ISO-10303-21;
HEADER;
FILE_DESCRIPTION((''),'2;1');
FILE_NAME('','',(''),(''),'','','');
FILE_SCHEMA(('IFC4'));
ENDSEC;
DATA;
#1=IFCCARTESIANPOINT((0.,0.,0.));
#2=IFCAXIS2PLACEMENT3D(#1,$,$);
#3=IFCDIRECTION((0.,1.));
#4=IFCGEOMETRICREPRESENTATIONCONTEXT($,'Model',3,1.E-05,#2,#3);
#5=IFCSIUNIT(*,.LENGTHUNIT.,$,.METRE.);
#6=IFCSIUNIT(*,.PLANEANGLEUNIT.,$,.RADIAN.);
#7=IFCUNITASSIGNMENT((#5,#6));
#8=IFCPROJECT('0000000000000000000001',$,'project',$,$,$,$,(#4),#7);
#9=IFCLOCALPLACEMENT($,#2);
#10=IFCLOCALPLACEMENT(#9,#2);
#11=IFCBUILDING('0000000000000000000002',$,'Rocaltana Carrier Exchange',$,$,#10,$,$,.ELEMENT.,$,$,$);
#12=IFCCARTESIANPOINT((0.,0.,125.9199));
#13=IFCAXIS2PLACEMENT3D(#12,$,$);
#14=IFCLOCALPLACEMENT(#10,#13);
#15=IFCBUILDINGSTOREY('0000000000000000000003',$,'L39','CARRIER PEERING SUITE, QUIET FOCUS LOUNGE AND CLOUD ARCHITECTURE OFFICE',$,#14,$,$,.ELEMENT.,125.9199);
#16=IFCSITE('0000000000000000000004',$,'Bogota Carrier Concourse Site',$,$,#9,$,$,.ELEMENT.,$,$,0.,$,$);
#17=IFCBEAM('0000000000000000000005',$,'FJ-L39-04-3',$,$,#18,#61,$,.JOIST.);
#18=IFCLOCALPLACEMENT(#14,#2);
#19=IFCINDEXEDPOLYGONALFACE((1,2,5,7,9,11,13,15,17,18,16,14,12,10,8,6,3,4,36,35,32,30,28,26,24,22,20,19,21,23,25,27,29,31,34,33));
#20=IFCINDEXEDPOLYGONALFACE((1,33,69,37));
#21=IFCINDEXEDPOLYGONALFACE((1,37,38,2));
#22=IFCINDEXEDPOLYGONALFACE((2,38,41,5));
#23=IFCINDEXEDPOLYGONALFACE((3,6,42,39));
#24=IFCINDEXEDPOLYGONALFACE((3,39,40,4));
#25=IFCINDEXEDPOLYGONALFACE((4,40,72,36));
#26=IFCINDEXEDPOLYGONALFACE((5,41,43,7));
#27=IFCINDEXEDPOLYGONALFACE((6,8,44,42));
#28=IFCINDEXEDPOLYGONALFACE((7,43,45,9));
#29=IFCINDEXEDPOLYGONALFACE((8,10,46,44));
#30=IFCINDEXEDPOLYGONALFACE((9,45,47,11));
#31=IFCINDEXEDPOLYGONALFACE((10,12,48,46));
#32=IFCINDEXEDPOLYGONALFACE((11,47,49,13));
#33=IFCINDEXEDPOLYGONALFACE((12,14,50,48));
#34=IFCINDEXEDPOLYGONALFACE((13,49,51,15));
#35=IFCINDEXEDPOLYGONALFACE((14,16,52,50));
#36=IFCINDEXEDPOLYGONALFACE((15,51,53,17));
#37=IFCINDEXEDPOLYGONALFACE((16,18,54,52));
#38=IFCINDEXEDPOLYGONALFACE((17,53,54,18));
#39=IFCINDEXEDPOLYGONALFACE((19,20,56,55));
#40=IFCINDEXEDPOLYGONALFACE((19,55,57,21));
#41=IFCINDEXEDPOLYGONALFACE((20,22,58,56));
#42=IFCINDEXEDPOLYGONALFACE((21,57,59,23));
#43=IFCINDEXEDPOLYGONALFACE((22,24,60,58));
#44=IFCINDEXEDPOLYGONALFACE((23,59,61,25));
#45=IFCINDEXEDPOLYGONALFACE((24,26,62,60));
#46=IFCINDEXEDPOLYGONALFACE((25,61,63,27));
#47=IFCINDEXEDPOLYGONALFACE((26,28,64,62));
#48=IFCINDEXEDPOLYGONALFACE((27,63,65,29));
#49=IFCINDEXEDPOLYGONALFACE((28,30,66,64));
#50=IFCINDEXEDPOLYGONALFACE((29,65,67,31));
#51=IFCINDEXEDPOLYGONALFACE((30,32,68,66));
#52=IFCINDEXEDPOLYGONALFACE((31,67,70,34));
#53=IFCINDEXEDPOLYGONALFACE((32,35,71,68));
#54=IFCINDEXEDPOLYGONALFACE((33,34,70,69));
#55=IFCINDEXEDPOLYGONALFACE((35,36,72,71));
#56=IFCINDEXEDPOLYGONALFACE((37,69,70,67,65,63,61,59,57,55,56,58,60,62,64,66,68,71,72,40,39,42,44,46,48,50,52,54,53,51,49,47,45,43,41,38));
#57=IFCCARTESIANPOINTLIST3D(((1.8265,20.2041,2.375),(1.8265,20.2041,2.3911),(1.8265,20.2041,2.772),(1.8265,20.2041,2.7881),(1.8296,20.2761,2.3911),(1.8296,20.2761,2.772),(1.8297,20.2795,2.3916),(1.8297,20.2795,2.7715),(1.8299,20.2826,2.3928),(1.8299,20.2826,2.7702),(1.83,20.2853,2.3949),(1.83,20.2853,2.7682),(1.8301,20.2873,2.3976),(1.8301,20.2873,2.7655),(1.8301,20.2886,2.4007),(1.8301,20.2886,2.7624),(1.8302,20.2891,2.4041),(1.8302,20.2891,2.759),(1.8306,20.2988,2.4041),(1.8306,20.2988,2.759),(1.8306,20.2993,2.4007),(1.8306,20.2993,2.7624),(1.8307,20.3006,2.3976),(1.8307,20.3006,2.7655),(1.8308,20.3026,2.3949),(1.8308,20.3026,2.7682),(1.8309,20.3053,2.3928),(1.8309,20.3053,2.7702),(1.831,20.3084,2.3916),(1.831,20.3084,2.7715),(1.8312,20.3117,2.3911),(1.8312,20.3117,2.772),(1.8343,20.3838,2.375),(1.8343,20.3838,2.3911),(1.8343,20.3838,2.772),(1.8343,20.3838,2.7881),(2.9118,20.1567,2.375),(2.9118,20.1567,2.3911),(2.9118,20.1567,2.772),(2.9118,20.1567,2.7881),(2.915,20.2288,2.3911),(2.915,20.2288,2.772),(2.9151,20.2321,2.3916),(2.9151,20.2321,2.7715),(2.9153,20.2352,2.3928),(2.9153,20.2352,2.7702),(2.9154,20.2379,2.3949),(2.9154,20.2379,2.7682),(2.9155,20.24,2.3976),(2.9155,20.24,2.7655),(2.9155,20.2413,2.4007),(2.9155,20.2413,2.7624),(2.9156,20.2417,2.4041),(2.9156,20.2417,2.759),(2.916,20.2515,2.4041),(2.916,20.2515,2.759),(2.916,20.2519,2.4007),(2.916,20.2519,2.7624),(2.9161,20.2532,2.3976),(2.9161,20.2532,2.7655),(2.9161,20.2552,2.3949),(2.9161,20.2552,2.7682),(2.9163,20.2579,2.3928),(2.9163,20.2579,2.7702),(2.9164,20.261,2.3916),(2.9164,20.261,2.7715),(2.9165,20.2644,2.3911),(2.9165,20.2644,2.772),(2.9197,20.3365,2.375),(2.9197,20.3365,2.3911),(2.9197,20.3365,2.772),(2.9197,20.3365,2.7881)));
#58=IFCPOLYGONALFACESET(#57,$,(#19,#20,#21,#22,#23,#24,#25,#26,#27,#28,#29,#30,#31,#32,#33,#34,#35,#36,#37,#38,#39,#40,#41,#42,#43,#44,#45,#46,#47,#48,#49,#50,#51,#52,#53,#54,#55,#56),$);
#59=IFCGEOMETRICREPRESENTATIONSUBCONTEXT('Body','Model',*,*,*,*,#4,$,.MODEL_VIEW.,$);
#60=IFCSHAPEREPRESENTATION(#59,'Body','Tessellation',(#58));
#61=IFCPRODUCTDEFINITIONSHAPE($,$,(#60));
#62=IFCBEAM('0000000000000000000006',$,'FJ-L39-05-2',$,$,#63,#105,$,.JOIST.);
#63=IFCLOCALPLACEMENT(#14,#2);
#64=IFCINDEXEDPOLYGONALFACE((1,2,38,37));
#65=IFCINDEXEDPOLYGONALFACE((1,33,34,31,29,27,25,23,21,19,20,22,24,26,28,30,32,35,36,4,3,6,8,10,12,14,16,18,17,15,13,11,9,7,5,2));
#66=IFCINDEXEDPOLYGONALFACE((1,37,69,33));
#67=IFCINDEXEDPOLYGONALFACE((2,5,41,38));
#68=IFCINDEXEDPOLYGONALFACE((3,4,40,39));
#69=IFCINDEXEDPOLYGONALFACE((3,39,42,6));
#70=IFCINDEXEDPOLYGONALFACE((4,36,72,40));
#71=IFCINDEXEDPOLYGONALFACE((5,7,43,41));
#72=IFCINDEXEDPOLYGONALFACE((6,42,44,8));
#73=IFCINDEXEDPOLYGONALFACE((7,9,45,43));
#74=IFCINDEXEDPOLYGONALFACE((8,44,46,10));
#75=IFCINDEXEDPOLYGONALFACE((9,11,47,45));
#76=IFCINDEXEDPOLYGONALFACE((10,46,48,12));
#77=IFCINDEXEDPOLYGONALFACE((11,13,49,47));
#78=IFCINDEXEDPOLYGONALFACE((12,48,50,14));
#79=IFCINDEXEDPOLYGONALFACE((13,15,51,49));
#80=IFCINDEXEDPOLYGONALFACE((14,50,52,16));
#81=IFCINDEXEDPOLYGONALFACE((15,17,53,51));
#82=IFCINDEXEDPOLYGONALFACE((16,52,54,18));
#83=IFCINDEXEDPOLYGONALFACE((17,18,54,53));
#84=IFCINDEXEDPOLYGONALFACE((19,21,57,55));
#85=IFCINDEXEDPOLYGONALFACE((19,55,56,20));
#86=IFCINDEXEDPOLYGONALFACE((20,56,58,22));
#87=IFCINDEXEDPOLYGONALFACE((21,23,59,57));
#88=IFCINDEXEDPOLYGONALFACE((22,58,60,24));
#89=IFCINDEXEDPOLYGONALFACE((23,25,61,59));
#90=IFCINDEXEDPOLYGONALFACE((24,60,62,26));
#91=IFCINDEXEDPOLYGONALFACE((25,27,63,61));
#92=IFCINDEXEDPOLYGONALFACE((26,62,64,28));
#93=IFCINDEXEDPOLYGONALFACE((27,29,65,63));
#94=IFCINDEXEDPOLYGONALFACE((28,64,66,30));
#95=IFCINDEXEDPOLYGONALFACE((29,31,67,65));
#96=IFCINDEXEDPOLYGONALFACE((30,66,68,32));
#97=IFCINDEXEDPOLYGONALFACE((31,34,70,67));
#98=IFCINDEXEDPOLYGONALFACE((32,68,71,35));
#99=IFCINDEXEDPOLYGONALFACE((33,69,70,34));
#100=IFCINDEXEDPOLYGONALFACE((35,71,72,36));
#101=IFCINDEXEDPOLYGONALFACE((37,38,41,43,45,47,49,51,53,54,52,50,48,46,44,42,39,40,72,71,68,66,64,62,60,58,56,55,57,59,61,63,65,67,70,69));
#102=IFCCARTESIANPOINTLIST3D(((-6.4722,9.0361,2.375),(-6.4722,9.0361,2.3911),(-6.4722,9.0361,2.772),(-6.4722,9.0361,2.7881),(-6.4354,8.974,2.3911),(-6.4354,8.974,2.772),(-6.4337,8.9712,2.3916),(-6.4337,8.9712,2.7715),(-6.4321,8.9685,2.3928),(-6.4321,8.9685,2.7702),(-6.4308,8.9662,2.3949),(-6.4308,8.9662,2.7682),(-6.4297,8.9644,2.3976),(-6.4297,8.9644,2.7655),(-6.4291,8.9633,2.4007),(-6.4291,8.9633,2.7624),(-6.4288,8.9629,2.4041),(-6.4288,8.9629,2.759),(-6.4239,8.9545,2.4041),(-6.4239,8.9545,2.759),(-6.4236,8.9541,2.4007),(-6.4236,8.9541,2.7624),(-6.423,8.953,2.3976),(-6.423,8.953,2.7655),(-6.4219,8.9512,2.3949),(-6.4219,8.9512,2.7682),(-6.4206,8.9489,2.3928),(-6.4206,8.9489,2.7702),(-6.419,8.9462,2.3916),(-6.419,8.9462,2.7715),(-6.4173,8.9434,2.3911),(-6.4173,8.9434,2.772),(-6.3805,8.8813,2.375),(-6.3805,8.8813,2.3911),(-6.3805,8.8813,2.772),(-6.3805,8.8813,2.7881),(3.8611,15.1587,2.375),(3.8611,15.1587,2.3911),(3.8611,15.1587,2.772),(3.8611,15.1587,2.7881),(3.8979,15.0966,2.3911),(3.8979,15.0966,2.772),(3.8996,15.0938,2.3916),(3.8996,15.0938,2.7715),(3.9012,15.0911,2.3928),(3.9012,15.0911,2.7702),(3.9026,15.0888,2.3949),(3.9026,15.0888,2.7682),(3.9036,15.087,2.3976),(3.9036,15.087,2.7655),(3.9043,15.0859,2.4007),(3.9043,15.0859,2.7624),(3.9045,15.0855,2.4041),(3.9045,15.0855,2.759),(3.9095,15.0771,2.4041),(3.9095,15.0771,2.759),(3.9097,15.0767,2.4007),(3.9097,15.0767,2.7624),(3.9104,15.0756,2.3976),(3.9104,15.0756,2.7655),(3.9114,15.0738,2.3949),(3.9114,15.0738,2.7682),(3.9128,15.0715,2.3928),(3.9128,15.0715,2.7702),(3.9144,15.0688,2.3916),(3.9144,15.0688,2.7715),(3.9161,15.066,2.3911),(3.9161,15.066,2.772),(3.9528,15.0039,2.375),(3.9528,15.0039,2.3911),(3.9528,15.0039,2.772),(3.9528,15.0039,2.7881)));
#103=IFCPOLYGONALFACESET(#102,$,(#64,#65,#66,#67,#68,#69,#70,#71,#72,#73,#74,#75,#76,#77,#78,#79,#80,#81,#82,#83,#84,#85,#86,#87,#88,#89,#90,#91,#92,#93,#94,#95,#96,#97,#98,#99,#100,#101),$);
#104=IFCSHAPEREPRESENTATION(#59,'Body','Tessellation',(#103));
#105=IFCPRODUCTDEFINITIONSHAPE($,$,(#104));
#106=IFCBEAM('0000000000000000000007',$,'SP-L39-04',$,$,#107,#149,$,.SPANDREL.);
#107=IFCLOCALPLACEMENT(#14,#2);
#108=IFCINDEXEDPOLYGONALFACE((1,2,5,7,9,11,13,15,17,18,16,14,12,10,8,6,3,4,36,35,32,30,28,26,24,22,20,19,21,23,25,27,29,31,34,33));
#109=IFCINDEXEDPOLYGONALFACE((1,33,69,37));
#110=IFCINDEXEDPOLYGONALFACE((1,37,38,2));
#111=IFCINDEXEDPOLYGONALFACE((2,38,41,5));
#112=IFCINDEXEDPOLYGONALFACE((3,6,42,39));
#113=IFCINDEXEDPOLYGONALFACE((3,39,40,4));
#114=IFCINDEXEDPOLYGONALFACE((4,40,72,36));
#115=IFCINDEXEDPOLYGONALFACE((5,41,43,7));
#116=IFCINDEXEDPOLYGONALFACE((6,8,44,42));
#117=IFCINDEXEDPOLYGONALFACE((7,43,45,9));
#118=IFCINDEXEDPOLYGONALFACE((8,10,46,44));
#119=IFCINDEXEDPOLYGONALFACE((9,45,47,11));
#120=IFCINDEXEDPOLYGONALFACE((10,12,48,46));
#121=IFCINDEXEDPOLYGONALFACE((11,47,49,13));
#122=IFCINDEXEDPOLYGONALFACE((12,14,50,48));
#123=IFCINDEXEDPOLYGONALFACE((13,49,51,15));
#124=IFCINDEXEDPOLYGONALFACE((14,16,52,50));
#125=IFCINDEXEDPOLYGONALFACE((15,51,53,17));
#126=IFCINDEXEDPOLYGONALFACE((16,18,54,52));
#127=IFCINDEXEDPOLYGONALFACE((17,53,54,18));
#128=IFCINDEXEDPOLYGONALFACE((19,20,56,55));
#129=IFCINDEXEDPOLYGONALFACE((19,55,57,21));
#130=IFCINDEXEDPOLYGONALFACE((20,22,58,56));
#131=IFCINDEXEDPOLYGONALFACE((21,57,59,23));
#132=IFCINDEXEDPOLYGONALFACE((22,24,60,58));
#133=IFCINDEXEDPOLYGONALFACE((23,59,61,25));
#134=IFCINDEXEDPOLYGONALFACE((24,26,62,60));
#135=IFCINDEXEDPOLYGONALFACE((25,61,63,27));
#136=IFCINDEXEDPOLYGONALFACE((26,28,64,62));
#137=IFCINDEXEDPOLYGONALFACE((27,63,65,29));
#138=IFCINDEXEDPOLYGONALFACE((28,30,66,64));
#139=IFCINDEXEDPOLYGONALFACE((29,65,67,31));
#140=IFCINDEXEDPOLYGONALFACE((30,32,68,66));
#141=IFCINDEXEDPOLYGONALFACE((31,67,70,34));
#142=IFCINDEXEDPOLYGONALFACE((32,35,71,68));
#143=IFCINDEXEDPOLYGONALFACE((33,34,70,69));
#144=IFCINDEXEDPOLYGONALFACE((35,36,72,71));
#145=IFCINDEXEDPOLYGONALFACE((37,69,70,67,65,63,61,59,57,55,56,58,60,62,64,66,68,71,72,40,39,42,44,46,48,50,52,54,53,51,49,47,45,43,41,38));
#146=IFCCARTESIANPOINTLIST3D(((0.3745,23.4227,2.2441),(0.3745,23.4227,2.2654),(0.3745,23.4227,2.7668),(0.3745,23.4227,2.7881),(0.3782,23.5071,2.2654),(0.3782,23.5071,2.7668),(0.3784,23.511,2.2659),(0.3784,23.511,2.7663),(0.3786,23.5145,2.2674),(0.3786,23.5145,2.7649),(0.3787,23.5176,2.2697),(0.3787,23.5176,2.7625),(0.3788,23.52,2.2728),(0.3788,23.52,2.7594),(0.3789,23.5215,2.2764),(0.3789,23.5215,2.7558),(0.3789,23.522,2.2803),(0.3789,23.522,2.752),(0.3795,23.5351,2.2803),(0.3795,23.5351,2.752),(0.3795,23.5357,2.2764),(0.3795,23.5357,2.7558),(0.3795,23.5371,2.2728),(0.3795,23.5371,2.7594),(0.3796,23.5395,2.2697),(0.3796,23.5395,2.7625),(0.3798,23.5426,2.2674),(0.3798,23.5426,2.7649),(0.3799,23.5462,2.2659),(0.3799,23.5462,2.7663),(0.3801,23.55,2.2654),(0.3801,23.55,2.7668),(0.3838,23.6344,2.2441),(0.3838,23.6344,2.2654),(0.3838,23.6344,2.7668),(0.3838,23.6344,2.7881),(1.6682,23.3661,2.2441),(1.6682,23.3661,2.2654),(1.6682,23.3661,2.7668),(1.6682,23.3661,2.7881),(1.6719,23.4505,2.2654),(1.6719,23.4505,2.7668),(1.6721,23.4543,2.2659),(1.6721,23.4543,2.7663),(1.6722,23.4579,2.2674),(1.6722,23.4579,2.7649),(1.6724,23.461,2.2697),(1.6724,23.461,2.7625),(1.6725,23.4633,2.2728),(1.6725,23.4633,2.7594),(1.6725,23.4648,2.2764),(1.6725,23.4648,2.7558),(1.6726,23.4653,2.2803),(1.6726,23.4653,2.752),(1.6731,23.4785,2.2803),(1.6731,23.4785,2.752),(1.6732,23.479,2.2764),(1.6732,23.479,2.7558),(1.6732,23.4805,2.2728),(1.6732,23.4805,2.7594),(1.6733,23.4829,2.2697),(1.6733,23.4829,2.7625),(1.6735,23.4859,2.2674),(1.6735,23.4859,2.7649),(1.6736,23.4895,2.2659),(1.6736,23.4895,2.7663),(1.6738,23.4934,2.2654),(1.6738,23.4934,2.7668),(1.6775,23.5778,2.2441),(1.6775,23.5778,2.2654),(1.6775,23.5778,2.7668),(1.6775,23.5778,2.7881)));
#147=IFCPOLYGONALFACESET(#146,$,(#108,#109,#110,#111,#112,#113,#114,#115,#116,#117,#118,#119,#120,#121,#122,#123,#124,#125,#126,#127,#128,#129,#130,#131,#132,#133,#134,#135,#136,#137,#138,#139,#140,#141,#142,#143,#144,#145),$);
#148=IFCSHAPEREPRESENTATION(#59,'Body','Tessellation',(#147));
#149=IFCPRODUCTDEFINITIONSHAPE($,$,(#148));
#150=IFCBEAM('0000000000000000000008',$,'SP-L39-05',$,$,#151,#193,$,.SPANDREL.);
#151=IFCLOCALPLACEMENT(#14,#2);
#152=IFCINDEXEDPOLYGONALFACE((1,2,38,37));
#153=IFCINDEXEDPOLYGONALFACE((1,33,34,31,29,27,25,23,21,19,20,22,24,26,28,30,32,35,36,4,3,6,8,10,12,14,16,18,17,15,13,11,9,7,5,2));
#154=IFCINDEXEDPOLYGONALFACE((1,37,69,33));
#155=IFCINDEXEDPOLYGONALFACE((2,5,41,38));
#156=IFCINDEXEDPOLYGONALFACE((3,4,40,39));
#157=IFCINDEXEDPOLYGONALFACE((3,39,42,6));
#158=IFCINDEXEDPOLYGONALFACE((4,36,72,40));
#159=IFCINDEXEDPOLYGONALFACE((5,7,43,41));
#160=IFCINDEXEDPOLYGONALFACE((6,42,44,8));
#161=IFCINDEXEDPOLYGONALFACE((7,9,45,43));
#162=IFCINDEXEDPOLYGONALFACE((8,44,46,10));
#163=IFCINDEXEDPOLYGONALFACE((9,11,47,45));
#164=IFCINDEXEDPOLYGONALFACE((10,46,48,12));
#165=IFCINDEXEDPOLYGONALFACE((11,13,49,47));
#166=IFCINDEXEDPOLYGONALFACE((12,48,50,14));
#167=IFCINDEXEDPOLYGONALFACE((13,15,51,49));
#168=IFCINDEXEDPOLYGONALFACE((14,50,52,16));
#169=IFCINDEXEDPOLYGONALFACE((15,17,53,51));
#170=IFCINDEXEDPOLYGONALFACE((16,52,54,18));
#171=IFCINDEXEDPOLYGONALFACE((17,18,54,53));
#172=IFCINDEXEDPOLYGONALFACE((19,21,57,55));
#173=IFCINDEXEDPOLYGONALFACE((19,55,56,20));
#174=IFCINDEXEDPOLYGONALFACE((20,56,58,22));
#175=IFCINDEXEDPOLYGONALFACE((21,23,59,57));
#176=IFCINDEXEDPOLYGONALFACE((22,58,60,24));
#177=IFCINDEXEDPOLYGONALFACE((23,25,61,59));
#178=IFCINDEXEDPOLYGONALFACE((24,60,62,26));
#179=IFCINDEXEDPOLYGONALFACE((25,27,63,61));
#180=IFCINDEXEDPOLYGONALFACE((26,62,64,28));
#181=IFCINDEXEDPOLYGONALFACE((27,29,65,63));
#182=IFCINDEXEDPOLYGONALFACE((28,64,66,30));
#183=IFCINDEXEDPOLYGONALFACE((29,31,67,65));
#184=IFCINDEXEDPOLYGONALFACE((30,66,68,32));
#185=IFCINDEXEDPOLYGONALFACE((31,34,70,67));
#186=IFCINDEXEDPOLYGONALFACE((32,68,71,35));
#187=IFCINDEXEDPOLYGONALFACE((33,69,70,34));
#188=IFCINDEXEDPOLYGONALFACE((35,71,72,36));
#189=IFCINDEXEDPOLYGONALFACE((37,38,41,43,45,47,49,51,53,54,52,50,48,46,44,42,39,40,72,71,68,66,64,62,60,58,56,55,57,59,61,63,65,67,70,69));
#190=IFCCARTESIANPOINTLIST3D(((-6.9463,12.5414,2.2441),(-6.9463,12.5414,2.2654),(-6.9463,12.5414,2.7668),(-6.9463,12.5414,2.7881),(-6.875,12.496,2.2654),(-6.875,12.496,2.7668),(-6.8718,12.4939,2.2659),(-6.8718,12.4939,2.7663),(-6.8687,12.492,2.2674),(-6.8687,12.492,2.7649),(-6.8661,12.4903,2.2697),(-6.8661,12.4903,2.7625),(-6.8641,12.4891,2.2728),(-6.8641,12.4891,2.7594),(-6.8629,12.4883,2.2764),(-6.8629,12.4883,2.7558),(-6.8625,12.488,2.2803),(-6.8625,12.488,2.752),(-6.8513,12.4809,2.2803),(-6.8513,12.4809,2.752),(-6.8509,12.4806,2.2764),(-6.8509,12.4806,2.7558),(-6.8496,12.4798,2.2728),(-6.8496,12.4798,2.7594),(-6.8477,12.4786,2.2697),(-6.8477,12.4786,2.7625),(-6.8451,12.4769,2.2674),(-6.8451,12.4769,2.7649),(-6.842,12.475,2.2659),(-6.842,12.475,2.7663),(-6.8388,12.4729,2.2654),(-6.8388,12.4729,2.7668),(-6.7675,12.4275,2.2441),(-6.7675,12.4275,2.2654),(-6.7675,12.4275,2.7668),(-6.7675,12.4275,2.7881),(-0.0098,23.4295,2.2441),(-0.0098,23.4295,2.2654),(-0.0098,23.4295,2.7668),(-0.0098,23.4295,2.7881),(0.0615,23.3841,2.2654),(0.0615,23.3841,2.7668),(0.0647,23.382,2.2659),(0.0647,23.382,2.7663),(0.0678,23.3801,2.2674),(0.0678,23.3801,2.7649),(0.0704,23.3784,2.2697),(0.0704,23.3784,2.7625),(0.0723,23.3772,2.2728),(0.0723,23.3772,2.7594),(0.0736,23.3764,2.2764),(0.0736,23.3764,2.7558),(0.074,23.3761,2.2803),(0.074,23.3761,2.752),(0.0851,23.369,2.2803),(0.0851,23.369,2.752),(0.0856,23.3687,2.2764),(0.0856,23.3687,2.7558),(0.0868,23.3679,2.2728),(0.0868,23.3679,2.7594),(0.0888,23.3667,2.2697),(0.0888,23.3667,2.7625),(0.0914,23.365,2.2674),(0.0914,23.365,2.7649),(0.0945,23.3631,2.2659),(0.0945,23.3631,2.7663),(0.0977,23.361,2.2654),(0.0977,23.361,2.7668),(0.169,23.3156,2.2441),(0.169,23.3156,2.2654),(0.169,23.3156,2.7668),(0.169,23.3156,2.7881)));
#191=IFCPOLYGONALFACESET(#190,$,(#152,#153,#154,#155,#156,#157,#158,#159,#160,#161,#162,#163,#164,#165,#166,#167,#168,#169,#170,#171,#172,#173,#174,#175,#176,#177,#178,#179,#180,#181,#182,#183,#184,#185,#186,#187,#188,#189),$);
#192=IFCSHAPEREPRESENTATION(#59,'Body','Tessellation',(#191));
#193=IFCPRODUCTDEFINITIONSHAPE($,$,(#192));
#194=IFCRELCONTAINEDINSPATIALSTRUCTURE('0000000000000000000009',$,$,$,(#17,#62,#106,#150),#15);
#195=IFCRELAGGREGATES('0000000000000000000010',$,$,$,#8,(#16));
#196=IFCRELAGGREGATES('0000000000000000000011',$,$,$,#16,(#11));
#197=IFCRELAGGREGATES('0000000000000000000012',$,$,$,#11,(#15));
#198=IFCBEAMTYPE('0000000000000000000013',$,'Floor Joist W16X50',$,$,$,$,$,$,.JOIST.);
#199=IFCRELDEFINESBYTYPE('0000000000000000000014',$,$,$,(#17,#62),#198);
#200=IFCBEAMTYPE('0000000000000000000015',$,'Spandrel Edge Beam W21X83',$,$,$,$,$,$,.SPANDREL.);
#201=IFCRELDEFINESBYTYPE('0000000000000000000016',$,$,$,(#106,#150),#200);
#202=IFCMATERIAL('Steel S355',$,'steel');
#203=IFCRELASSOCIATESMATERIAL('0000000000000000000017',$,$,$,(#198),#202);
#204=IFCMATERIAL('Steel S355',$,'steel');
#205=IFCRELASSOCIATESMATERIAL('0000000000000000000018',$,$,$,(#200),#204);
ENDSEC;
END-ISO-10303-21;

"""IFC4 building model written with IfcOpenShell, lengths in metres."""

from ifc_helpers import new_model, si_unit, direction, frame, origin, origin_2d, place, context, subcontext, project, spatial, i_section, extrude, material, material_profile, profile_set, type_object, element, save


model = new_model("IFC4")

# Units and contexts
model_context = context("Model", 3, precision=1e-05, world=origin(), true_north=direction((0.0, 1.0)))
body_context = subcontext(model_context, "Body", "Model", "MODEL_VIEW")
ifc_project = project(units=[si_unit("LENGTHUNIT", "METRE"), si_unit("PLANEANGLEUNIT", "RADIAN")], contexts=[model_context])

# Site, building, storey
site_placement = place(None, origin())
site = spatial("IfcSite", under=ifc_project, at=site_placement, Name="Bogota Carrier Concourse Site", CompositionType="ELEMENT", RefElevation=0.0)
building_placement = place(site_placement, origin())
building = spatial("IfcBuilding", under=site, at=building_placement, Name="Rocaltana Carrier Exchange", CompositionType="ELEMENT")
storey_placement = place(building_placement, frame((0.0, 0.0, 125.9199)))
storey = spatial("IfcBuildingStorey", under=building, at=storey_placement, Name="L39", Description="CARRIER PEERING SUITE, QUIET FOCUS LOUNGE AND CLOUD ARCHITECTURE OFFICE", CompositionType="ELEMENT", Elevation=125.9199)

# Beams
ifc_material_1 = material(Name="Steel S355", Category="steel")
ifc_material_profile_1 = material_profile(ifc_material_1, i_section(OverallWidth=0.1799, OverallDepth=0.4131, WebThickness=0.0098, FlangeThickness=0.0161, FilletRadius=0.0129, at=origin_2d()), Name="W16X50")
ifc_profile_set_1 = profile_set([ifc_material_profile_1], Name="Steel S355")
beam_type_1 = type_object("IfcBeamType", Name="Floor Joist W16X50", PredefinedType="JOIST", material=ifc_profile_set_1)
beam_1_placement = place(storey_placement, frame((2.9158, 20.2466, 2.5815), z_axis=(-0.999049, 0.043593, 0.0), x_axis=(-0.043593, -0.999049, 0.0)))
element("IfcBeam", 1, at=beam_1_placement, inside=storey, type_object=beam_type_1, Name="FJ-L39-04-3", PredefinedType="JOIST", context=body_context, shape_type="SweptSolid", body=[
    extrude(i_section(OverallWidth=0.1799, OverallDepth=0.4131, WebThickness=0.0098, FlangeThickness=0.0161, FilletRadius=0.0129, at=origin_2d()), origin(), (0.0, 0.0, 1.0), 1.0864),
])
beam_2_placement = place(storey_placement, frame((3.907, 15.0813, 2.5815), z_axis=(-0.860323, -0.50975, 0.0), x_axis=(0.50975, -0.860323, 0.0)))
element("IfcBeam", 2, at=beam_2_placement, inside=storey, type_object=beam_type_1, Name="FJ-L39-05-2", PredefinedType="JOIST", context=body_context, shape_type="SweptSolid", body=[
    extrude(i_section(OverallWidth=0.1799, OverallDepth=0.4131, WebThickness=0.0098, FlangeThickness=0.0161, FilletRadius=0.0129, at=origin_2d()), origin(), (0.0, 0.0, 1.0), 12.011),
])
ifc_material_2 = material(Name="Steel S355", Category="steel")
ifc_material_profile_2 = material_profile(ifc_material_2, i_section(OverallWidth=0.2119, OverallDepth=0.5439, WebThickness=0.0132, FlangeThickness=0.0212, FilletRadius=0.0149, at=origin_2d()), Name="W21X83")
ifc_profile_set_2 = profile_set([ifc_material_profile_2], Name="Steel S355")
beam_type_2 = type_object("IfcBeamType", Name="Spandrel Edge Beam W21X83", PredefinedType="SPANDREL", material=ifc_profile_set_2)
beam_3_placement = place(storey_placement, frame((1.6729, 23.4719, 2.5161), z_axis=(-0.999043, 0.04374, 0.0), x_axis=(-0.04374, -0.999043, 0.0)))
element("IfcBeam", 3, at=beam_3_placement, inside=storey, type_object=beam_type_2, Name="SP-L39-04", PredefinedType="SPANDREL", context=body_context, shape_type="SweptSolid", body=[
    extrude(i_section(OverallWidth=0.2119, OverallDepth=0.5439, WebThickness=0.0132, FlangeThickness=0.0212, FilletRadius=0.0149, at=origin_2d()), origin(), (0.0, 0.0, 1.0), 1.2949),
])
beam_4_placement = place(storey_placement, frame((0.0796, 23.3726, 2.5161), z_axis=(-0.537299, -0.843392, 0.0), x_axis=(0.843392, -0.537299, 0.0)))
element("IfcBeam", 4, at=beam_4_placement, inside=storey, type_object=beam_type_2, Name="SP-L39-05", PredefinedType="SPANDREL", context=body_context, shape_type="SweptSolid", body=[
    extrude(i_section(OverallWidth=0.2119, OverallDepth=0.5439, WebThickness=0.0132, FlangeThickness=0.0212, FilletRadius=0.0149, at=origin_2d()), origin(), (0.0, 0.0, 1.0), 12.9099),
])

save(model, "model.ifc")
